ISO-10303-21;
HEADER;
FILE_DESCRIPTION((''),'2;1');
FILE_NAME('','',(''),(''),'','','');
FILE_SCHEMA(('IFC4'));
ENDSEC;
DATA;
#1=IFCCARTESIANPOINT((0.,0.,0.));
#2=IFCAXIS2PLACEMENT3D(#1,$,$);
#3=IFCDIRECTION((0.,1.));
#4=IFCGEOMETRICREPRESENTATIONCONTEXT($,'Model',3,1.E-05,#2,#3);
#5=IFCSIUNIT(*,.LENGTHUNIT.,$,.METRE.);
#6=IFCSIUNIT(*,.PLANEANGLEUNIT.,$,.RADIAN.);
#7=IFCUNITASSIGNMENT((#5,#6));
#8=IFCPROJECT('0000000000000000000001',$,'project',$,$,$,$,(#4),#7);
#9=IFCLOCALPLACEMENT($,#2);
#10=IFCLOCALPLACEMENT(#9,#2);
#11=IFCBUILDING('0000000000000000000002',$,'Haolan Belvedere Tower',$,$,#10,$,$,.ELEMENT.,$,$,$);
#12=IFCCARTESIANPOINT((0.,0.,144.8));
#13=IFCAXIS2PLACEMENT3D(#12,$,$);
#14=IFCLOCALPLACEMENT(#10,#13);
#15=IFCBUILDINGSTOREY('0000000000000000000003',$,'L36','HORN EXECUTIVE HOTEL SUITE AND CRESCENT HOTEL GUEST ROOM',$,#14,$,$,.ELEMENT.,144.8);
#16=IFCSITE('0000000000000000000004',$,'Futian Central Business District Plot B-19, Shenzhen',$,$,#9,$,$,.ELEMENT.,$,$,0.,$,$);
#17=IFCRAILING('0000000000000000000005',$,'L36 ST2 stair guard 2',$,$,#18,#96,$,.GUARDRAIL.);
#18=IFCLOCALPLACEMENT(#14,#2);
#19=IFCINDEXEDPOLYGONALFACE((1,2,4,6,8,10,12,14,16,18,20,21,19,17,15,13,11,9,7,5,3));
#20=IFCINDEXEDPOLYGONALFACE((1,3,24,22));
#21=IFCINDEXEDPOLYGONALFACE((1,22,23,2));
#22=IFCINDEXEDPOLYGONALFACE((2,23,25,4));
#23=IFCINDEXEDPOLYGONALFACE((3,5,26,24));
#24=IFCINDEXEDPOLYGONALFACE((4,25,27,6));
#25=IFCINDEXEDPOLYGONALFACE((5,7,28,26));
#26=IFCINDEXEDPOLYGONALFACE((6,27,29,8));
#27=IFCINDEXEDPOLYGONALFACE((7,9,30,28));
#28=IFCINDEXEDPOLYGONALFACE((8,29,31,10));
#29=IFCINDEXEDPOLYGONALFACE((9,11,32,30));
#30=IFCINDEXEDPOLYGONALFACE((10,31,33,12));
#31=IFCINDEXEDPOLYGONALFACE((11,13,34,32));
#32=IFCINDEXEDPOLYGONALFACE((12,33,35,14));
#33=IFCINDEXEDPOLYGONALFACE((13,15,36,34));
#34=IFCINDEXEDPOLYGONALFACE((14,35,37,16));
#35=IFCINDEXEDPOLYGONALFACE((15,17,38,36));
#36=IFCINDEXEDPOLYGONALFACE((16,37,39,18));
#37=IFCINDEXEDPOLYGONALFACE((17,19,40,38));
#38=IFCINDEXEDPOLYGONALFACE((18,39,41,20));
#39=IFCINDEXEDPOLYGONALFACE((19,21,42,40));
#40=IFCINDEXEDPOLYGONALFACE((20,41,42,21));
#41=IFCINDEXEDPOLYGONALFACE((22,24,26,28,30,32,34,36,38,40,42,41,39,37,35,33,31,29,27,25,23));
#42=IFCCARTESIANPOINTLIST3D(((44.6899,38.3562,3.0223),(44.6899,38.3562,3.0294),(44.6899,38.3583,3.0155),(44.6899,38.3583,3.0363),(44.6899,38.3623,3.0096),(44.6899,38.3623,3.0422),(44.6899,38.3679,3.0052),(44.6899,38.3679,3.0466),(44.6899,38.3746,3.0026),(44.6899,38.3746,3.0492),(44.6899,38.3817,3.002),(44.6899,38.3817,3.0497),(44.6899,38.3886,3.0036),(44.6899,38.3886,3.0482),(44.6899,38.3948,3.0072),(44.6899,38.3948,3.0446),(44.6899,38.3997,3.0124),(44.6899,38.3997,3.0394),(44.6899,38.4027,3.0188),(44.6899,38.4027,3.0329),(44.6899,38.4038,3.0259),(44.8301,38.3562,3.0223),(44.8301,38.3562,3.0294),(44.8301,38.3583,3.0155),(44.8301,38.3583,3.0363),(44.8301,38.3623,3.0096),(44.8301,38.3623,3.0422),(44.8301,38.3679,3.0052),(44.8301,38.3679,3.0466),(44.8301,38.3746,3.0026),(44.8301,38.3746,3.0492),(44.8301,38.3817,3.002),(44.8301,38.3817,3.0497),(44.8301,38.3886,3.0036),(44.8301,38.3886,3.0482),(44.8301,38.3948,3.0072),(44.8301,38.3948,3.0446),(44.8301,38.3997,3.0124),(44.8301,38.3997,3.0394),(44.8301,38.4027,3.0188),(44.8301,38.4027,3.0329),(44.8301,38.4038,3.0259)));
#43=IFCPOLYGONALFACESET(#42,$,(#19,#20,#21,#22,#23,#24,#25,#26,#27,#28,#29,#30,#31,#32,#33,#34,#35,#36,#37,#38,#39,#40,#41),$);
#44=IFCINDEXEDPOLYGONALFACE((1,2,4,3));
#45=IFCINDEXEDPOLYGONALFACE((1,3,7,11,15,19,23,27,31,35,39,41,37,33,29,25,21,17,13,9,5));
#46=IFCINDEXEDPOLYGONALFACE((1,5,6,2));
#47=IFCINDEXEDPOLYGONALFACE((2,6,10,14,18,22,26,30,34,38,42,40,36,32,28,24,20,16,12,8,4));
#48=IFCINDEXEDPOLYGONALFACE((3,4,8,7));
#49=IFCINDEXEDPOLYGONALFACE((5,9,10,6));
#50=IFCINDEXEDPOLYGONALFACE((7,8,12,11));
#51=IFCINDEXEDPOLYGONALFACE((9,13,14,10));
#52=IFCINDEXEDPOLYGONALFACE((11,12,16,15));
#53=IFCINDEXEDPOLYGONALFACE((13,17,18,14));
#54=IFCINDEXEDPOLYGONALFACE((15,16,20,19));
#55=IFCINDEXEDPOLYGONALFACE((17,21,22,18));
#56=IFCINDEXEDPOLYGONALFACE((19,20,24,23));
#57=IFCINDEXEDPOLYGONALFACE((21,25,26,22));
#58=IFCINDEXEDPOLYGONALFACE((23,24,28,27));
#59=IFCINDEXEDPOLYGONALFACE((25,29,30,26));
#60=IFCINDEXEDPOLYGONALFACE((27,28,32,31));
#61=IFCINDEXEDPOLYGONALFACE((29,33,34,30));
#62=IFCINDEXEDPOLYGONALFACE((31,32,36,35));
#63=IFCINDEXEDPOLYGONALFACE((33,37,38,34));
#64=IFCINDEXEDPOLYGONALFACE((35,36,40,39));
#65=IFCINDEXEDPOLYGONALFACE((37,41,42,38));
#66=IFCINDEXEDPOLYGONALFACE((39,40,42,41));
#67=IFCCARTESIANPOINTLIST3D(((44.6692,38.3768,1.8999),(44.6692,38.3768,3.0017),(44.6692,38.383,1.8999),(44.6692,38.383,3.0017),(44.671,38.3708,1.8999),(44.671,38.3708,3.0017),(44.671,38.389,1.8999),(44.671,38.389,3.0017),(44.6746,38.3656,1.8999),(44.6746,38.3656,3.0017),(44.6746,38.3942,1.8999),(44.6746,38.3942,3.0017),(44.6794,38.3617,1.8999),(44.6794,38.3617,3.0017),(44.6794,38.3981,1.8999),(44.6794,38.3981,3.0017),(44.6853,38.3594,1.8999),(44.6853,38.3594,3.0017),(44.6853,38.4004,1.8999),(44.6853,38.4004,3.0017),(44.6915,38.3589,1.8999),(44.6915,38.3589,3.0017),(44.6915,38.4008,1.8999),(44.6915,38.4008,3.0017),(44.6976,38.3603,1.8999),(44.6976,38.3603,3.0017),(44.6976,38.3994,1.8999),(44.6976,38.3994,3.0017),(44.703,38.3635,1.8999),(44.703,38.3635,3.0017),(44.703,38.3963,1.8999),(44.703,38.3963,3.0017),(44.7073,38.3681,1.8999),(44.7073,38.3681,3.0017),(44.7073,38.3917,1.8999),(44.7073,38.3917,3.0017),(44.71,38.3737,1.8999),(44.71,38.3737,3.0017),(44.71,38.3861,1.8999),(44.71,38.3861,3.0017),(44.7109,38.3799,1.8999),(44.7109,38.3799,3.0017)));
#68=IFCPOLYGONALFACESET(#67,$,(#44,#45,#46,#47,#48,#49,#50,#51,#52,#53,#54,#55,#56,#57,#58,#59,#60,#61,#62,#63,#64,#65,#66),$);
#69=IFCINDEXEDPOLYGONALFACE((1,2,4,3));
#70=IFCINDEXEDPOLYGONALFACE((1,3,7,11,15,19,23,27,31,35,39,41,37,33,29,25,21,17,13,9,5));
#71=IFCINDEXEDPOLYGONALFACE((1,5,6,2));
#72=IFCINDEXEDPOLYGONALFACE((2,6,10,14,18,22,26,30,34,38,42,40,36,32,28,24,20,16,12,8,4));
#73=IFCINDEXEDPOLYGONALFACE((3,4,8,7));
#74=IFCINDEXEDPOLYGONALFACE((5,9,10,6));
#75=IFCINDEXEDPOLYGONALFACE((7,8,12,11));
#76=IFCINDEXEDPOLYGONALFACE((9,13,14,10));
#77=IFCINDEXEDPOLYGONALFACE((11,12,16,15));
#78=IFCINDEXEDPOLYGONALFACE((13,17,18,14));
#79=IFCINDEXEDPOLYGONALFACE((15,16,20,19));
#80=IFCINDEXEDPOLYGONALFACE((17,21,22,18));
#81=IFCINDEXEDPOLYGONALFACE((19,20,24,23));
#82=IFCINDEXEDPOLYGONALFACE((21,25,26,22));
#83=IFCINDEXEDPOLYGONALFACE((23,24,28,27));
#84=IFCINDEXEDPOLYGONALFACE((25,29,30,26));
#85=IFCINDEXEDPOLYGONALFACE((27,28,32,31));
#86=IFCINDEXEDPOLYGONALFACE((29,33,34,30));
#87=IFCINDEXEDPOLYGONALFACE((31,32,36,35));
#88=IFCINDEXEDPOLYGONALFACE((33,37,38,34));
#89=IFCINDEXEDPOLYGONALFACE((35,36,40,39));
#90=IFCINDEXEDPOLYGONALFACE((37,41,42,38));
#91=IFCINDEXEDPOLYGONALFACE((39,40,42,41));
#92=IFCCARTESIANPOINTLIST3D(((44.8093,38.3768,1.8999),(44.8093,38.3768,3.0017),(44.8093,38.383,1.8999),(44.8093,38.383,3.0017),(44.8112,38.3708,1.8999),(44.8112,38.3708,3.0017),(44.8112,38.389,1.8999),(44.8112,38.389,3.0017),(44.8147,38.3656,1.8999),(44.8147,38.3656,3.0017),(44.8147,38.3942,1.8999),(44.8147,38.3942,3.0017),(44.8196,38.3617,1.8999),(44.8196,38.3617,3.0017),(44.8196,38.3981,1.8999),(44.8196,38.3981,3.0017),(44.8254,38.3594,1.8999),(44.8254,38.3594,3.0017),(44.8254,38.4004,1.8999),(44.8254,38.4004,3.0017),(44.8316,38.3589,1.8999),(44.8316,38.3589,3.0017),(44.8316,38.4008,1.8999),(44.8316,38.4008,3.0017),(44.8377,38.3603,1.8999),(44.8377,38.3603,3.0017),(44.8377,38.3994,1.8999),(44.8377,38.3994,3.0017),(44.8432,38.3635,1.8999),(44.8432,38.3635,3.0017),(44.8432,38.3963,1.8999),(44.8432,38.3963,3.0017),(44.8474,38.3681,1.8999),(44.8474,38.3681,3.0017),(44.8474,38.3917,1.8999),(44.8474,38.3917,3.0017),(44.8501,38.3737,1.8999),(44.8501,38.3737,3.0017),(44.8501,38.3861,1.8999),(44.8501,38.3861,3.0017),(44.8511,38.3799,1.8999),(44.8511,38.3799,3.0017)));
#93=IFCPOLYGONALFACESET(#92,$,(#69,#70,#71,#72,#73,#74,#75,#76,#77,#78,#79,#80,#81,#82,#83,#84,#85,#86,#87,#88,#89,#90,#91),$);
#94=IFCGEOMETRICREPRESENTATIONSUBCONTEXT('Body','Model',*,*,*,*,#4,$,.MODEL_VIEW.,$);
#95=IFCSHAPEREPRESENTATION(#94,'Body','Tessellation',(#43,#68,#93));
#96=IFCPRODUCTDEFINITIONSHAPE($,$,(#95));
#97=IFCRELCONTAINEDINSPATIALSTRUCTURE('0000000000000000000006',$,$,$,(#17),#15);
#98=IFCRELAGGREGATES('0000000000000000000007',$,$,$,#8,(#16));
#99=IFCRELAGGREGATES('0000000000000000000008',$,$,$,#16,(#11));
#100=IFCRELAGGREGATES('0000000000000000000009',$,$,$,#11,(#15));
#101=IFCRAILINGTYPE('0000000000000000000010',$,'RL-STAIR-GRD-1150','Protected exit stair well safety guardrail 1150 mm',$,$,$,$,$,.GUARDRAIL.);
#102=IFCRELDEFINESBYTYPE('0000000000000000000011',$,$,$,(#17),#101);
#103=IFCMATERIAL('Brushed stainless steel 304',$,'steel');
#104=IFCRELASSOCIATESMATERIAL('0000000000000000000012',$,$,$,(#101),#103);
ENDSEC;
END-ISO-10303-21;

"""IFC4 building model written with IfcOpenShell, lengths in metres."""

from ifc_helpers import new_model, si_unit, direction, frame, origin, origin_2d, place, context, subcontext, project, spatial, circle, extrude, material, type_object, element, save


model = new_model("IFC4")

# Units and contexts
model_context = context("Model", 3, precision=1e-05, world=origin(), true_north=direction((0.0, 1.0)))
body_context = subcontext(model_context, "Body", "Model", "MODEL_VIEW")
ifc_project = project(units=[si_unit("LENGTHUNIT", "METRE"), si_unit("PLANEANGLEUNIT", "RADIAN")], contexts=[model_context])

# Site, building, storey
site_placement = place(None, origin())
site = spatial("IfcSite", under=ifc_project, at=site_placement, Name="Futian Central Business District Plot B-19, Shenzhen", CompositionType="ELEMENT", RefElevation=0.0)
building_placement = place(site_placement, origin())
building = spatial("IfcBuilding", under=site, at=building_placement, Name="Haolan Belvedere Tower", CompositionType="ELEMENT")
storey_placement = place(building_placement, frame((0.0, 0.0, 144.8)))
storey = spatial("IfcBuildingStorey", under=building, at=storey_placement, Name="L36", Description="HORN EXECUTIVE HOTEL SUITE AND CRESCENT HOTEL GUEST ROOM", CompositionType="ELEMENT", Elevation=144.8)

# Railing
ifc_material_1 = material(Name="Brushed stainless steel 304", Category="steel")
railing_type_1 = type_object("IfcRailingType", Name="RL-STAIR-GRD-1150", Description="Protected exit stair well safety guardrail 1150 mm", PredefinedType="GUARDRAIL", material=ifc_material_1)
railing_1_placement = place(storey_placement, frame((44.6899, 38.3799, 1.8999)))
element("IfcRailing", 1, at=railing_1_placement, inside=storey, type_object=railing_type_1, Name="L36 ST2 stair guard 2", PredefinedType="GUARDRAIL", context=body_context, shape_type="SweptSolid", body=[
    extrude(circle(Radius=0.0239, at=origin_2d()), frame((0.0, 0.0, 1.126), z_axis=(1.0, 0.0, 0.0), x_axis=(0.0, 1.0, 0.0)), (0.0, 0.0, 1.0), 0.1401),
    extrude(circle(Radius=0.021, at=origin_2d()), origin(), (0.0, 0.0, 1.0), 1.1018),
    extrude(circle(Radius=0.021, at=origin_2d()), frame((0.1401, 0.0, 0.0)), (0.0, 0.0, 1.0), 1.1018),
])

save(model, "model.ifc")
